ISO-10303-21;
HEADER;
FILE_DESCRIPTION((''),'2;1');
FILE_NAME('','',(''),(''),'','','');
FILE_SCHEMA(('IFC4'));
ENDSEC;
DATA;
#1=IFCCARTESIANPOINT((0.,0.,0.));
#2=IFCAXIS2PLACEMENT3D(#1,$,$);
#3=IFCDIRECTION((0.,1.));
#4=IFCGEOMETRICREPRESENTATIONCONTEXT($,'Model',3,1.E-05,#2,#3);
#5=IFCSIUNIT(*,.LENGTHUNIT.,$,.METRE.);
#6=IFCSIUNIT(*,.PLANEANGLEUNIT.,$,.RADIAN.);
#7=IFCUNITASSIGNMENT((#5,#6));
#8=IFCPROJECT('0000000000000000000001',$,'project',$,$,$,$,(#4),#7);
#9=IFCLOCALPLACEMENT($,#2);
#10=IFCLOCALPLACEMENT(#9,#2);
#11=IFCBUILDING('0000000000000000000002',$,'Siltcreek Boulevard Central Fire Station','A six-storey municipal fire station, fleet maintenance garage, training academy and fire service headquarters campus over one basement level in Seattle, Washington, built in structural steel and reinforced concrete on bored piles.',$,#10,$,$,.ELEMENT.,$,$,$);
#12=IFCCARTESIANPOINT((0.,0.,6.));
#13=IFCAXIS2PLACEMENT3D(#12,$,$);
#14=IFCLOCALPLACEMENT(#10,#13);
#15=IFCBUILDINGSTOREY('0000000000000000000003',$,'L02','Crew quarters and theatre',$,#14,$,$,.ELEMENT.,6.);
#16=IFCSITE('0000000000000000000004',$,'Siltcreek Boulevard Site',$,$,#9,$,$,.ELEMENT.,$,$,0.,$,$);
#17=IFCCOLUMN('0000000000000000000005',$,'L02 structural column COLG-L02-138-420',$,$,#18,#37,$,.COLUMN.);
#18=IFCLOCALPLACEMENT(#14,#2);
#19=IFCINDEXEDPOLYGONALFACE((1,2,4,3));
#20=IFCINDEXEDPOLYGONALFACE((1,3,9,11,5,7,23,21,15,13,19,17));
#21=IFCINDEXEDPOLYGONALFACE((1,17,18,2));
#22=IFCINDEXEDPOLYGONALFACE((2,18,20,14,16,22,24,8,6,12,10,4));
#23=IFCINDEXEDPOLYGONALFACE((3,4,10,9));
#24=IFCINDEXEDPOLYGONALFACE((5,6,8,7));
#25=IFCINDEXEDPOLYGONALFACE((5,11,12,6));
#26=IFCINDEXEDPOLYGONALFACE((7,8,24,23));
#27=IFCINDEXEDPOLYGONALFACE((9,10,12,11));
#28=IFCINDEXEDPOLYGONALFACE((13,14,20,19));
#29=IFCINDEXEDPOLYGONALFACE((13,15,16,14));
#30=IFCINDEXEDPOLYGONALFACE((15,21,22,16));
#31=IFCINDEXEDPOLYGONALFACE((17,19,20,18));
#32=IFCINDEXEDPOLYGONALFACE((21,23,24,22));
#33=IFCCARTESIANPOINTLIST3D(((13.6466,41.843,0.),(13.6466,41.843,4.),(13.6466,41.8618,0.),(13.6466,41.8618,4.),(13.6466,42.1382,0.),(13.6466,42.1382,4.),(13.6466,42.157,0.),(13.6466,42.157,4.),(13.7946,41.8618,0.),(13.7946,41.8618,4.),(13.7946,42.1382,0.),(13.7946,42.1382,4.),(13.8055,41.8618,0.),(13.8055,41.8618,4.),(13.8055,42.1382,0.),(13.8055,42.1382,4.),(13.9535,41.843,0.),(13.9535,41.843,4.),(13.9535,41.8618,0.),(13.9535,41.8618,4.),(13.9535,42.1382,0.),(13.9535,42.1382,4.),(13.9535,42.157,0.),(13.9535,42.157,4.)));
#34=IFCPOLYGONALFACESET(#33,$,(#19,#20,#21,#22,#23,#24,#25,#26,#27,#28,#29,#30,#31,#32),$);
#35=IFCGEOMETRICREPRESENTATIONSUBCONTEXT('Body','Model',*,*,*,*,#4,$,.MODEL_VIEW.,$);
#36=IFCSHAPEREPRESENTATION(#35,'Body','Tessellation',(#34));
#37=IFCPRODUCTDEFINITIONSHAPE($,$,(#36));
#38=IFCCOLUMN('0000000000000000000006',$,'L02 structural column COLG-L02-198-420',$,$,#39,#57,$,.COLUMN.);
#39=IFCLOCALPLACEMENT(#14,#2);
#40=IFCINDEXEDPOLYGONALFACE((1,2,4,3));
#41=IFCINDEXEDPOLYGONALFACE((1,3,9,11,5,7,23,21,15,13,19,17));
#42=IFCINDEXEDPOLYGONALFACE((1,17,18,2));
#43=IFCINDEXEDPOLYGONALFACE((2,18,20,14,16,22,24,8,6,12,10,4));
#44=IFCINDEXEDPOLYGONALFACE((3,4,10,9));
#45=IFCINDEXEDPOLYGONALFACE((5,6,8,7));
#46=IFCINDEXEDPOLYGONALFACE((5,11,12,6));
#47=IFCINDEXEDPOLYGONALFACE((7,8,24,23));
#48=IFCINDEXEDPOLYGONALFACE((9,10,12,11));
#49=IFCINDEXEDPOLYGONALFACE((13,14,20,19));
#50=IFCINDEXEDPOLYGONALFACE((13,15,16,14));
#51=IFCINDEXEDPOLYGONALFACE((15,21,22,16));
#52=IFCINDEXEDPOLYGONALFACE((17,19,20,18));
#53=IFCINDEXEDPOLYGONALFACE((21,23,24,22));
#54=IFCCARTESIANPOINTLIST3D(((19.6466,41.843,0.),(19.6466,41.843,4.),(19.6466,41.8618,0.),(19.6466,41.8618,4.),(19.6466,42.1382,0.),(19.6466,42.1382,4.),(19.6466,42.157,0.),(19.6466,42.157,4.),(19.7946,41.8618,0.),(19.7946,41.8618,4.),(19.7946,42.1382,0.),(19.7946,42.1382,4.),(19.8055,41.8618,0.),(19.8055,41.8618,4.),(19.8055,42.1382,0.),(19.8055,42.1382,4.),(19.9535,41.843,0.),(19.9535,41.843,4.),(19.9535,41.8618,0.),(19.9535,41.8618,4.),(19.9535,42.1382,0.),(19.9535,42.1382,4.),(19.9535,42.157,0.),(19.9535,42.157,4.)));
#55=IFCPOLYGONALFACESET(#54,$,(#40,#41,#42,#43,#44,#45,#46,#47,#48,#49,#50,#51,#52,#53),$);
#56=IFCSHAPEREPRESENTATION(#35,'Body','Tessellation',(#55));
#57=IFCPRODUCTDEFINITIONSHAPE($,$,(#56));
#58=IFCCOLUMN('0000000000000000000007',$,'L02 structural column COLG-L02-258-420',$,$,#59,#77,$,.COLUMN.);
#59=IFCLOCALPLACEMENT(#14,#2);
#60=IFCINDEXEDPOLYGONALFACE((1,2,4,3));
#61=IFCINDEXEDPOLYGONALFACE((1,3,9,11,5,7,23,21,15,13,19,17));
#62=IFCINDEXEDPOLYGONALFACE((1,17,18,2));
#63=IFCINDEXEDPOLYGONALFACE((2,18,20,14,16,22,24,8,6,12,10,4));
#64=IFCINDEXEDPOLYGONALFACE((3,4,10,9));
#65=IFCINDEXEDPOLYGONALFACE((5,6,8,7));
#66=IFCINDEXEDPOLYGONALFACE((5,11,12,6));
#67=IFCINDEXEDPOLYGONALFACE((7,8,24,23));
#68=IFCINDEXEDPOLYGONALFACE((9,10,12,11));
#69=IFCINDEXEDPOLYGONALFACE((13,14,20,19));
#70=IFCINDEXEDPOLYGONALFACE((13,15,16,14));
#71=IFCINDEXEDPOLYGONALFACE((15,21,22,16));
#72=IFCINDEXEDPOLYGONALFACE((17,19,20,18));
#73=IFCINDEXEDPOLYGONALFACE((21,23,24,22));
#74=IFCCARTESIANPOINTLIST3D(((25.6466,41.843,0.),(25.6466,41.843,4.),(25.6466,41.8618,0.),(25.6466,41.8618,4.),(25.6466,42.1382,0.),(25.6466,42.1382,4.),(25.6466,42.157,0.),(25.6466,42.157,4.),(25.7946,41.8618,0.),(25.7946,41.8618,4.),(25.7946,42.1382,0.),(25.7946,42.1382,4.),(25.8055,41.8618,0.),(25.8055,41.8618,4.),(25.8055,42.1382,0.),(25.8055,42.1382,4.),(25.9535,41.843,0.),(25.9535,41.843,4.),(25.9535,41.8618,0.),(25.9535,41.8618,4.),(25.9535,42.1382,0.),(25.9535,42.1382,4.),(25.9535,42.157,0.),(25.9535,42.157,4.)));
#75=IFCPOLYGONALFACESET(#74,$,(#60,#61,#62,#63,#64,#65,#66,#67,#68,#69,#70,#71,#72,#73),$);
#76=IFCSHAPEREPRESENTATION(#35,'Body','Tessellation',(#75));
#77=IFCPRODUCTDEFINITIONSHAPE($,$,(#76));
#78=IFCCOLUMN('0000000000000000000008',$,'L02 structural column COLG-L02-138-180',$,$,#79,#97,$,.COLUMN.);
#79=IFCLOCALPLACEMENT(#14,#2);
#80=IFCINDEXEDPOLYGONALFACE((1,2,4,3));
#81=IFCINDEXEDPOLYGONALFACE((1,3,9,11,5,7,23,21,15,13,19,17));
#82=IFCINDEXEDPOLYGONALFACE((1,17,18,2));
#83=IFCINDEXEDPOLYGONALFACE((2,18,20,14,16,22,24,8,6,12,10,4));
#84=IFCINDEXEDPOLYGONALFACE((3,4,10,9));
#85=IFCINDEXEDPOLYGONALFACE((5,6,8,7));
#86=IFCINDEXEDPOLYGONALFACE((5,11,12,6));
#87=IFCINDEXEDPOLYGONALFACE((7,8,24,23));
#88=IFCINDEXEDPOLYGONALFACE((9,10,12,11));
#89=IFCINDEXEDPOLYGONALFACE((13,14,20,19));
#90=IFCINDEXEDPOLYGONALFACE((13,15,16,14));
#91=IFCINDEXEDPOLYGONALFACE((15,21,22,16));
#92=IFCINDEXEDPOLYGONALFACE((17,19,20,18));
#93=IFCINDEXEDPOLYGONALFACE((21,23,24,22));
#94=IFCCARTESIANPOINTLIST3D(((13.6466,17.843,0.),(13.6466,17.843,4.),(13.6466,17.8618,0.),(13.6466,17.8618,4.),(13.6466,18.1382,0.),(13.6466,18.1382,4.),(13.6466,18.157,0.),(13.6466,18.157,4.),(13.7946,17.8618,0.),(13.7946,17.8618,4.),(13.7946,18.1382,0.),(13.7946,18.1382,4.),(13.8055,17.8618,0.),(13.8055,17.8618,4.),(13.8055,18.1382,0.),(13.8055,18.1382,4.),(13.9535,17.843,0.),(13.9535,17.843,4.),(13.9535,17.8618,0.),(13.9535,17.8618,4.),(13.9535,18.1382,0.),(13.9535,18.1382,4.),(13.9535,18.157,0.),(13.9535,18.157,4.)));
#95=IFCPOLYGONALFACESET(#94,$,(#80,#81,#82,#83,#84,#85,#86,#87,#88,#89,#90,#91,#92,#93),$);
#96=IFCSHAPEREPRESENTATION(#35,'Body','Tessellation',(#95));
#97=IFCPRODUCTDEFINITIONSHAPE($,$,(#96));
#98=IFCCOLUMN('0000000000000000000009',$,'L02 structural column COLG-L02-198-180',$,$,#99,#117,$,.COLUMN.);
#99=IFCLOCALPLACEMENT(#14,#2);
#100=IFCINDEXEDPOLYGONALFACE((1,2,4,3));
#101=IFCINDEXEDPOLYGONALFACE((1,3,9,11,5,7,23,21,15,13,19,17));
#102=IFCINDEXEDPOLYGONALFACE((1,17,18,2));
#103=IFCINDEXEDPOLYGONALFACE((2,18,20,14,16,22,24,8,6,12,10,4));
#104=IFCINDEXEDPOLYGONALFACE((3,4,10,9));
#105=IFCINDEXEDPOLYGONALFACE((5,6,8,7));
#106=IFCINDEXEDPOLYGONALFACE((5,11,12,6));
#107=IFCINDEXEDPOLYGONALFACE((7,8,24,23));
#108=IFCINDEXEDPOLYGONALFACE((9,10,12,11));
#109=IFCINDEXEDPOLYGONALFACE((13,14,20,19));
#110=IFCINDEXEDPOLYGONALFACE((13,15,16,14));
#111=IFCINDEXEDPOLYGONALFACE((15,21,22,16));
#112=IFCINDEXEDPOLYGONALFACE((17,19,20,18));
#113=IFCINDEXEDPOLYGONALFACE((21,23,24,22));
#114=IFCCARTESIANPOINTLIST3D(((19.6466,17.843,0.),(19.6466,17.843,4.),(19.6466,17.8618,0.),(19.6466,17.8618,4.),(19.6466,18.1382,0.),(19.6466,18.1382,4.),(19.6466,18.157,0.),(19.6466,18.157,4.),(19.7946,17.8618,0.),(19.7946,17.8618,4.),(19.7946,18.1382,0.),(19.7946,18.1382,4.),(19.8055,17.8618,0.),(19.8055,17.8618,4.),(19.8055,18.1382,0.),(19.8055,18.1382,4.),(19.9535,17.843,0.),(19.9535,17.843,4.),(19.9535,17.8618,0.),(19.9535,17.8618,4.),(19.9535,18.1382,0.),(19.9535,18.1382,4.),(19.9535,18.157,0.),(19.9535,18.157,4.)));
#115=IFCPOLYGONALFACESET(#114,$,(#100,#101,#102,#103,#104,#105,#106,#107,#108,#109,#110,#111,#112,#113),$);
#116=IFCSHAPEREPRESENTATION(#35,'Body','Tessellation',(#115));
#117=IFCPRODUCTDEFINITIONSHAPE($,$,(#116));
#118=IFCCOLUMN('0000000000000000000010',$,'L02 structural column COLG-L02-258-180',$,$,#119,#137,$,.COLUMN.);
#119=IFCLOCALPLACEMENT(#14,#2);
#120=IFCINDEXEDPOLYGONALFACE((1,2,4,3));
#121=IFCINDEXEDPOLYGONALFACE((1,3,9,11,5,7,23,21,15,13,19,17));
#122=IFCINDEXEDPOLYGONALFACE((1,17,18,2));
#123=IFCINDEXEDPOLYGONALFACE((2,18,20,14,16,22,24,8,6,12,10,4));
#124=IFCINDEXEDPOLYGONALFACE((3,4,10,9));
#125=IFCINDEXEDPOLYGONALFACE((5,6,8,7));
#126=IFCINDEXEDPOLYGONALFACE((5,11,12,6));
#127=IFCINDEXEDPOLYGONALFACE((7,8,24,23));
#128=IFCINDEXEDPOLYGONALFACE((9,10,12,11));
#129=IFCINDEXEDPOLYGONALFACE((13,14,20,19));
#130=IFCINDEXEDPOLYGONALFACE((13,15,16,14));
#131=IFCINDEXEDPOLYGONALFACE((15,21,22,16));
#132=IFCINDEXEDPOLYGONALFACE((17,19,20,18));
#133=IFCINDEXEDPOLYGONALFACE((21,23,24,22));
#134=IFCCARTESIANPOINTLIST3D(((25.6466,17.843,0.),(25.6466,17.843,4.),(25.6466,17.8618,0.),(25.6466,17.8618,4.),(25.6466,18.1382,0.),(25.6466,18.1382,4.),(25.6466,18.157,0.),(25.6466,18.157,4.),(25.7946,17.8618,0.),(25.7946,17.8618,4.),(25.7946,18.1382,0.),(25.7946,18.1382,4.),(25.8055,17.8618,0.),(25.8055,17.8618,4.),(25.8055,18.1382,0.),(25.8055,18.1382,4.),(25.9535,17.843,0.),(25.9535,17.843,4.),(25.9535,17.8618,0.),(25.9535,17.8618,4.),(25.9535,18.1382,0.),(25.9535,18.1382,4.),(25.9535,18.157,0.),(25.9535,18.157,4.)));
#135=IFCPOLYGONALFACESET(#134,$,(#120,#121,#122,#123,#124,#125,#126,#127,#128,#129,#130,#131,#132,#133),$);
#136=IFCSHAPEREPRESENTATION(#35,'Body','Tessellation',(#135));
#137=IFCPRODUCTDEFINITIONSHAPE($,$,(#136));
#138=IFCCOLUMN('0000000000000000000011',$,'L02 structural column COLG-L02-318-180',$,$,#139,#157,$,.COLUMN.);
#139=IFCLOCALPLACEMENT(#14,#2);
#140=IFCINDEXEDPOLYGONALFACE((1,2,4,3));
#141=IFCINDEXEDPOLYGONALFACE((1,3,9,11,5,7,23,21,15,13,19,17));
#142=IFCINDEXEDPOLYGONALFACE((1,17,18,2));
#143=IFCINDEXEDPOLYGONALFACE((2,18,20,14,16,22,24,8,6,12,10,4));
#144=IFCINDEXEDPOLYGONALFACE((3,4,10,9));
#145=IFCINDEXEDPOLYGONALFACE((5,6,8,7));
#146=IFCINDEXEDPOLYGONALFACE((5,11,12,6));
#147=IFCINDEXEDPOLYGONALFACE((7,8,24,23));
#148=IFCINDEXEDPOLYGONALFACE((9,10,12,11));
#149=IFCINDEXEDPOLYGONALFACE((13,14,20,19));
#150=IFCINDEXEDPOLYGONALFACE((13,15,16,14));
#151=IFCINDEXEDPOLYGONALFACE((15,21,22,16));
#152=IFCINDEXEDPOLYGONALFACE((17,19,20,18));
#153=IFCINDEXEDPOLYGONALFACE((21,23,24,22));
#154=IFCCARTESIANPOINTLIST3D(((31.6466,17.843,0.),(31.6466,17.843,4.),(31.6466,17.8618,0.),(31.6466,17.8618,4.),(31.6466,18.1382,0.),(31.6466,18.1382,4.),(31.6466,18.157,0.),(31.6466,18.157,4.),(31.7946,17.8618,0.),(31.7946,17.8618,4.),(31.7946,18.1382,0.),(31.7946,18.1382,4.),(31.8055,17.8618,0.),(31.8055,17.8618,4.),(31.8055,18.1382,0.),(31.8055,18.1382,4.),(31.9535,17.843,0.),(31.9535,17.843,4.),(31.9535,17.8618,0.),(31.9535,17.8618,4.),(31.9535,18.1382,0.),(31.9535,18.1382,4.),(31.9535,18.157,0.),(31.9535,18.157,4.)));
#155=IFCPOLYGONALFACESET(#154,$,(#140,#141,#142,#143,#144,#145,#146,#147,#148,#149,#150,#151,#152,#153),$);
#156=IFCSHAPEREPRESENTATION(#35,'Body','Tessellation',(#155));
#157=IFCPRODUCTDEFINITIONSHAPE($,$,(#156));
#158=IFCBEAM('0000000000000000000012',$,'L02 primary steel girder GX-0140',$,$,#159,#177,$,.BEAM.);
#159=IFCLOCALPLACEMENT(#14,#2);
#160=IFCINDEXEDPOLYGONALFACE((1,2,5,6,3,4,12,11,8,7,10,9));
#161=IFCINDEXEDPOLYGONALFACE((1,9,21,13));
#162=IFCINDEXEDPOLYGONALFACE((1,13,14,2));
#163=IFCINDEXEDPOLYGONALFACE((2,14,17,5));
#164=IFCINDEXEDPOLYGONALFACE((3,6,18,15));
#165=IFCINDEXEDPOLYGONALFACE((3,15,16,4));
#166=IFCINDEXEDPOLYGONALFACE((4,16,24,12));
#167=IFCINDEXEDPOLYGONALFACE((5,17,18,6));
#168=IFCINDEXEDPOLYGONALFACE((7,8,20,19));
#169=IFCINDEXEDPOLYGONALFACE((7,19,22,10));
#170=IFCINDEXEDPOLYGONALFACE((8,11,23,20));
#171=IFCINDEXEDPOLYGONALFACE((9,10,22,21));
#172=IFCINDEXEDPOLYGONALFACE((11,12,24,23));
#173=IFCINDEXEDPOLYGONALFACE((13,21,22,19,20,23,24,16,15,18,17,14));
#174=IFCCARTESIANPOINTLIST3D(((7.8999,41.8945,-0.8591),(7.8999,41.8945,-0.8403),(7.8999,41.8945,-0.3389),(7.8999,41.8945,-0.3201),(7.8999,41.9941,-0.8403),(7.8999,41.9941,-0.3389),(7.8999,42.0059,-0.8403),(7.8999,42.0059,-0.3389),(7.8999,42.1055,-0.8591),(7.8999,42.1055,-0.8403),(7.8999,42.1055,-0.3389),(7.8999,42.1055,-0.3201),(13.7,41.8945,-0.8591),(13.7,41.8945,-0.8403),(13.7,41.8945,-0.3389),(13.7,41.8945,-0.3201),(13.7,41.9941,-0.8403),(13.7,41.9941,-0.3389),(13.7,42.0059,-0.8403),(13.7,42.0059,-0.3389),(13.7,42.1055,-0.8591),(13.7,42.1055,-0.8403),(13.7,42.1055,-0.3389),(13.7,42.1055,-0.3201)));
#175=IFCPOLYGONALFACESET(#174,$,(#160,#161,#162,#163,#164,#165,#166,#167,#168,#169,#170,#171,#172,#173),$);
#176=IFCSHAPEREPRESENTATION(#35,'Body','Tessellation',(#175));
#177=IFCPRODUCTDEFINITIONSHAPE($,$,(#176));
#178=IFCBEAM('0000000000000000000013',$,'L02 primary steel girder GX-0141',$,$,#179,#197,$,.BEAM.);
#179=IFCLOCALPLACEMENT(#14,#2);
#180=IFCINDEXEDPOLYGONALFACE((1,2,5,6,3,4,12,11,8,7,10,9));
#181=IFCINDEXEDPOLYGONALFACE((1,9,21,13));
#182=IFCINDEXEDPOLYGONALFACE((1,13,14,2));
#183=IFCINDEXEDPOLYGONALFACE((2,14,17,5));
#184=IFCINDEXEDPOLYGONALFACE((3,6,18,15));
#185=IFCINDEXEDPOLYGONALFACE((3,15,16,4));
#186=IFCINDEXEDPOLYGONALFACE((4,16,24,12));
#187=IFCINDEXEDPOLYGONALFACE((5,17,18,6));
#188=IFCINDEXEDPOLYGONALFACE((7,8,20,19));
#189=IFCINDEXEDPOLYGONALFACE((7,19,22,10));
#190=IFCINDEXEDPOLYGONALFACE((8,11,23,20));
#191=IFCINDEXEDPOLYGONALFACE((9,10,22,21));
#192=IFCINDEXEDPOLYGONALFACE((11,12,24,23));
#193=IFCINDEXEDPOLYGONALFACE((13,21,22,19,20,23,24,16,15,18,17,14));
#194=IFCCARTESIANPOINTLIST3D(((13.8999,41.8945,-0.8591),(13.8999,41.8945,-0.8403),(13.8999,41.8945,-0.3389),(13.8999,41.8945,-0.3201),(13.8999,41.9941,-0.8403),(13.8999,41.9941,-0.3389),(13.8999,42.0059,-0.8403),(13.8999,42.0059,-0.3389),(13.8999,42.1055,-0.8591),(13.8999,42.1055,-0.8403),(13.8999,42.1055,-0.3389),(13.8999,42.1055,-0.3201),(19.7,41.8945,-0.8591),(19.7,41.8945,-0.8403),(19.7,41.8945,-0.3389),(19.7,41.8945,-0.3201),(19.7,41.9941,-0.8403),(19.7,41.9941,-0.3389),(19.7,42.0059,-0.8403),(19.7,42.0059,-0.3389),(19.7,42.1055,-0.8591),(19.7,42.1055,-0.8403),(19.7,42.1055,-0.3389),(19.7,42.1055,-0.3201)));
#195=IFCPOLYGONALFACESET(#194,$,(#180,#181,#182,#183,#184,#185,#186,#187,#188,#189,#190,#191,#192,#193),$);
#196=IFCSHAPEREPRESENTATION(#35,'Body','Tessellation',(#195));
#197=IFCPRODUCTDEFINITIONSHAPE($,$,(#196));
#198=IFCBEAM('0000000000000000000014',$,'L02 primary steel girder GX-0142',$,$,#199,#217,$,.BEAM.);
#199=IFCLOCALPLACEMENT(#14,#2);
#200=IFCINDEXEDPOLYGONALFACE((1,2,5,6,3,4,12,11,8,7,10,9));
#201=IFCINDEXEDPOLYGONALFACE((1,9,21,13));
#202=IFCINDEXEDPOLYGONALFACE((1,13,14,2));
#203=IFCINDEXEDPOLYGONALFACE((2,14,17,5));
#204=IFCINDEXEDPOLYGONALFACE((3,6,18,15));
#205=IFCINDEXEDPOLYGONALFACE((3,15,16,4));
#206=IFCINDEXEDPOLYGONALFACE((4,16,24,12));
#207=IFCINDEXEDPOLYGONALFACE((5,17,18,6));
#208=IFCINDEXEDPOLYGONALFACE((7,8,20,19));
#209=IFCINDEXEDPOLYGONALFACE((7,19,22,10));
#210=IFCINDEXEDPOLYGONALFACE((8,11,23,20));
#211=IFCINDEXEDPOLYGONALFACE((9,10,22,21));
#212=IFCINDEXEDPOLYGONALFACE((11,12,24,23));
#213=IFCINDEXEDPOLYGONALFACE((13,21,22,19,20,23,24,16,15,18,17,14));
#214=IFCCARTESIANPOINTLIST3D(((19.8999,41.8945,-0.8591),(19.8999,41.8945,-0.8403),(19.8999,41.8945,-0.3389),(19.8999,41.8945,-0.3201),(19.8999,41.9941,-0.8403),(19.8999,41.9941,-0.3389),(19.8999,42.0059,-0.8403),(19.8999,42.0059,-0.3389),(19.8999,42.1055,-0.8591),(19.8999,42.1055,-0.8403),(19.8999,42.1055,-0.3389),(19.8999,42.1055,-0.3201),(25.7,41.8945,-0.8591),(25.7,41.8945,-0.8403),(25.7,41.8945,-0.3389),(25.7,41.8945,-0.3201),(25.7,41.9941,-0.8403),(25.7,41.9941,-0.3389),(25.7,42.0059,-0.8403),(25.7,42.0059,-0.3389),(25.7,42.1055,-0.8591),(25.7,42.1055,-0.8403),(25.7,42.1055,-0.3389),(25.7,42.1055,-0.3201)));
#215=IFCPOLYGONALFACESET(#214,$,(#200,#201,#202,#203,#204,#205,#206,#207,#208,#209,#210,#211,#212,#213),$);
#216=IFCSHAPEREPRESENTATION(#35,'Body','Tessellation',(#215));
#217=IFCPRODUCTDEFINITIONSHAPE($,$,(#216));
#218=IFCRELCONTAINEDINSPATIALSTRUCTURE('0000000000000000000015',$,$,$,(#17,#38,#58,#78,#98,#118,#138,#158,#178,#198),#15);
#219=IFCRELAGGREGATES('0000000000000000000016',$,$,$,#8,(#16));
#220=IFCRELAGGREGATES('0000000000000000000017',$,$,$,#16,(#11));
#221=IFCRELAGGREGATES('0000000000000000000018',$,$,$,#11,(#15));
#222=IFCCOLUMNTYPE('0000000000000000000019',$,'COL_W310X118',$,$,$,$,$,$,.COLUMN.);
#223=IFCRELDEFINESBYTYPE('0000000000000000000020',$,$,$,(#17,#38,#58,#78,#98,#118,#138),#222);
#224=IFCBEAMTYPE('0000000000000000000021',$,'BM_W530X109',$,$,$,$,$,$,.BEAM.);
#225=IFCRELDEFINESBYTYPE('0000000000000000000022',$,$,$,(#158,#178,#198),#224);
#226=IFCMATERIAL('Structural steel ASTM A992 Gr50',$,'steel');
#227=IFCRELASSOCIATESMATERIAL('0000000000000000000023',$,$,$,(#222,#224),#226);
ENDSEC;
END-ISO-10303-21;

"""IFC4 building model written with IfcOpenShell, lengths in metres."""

from ifc_helpers import new_model, si_unit, direction, frame, origin, origin_2d, place, context, subcontext, project, spatial, i_section, extrude, material, material_profile, profile_set, type_object, element, save


model = new_model("IFC4")

# Units and contexts
model_context = context("Model", 3, precision=1e-05, world=origin(), true_north=direction((0.0, 1.0)))
body_context = subcontext(model_context, "Body", "Model", "MODEL_VIEW")
ifc_project = project(units=[si_unit("LENGTHUNIT", "METRE"), si_unit("PLANEANGLEUNIT", "RADIAN")], contexts=[model_context])

# Site, building, storey
site_placement = place(None, origin())
site = spatial("IfcSite", under=ifc_project, at=site_placement, Name="Siltcreek Boulevard Site", CompositionType="ELEMENT", RefElevation=0.0)
building_placement = place(site_placement, origin())
building = spatial("IfcBuilding", under=site, at=building_placement, Name="Siltcreek Boulevard Central Fire Station", Description="A six-storey municipal fire station, fleet maintenance garage, training academy and fire service headquarters campus over one basement level in Seattle, Washington, built in structural steel and reinforced concrete on bored piles.", CompositionType="ELEMENT")
storey_placement = place(building_placement, frame((0.0, 0.0, 6.0)))
storey = spatial("IfcBuildingStorey", under=building, at=storey_placement, Name="L02", Description="Crew quarters and theatre", CompositionType="ELEMENT", Elevation=6.0)

# Columns
ifc_material_1 = material(Name="Structural steel ASTM A992 Gr50", Category="steel")
ifc_material_profile_1 = material_profile(ifc_material_1, i_section(OverallWidth=0.3069, OverallDepth=0.314, WebThickness=0.011, FlangeThickness=0.0188, at=origin_2d()), Name="W310X118")
ifc_profile_set_1 = profile_set([ifc_material_profile_1], Name="Structural steel ASTM A992 Gr50")
column_type = type_object("IfcColumnType", Name="COL_W310X118", PredefinedType="COLUMN", material=ifc_profile_set_1)
for number, where, z_axis, x_axis, name in (
    (1, (13.8, 42.0, 0.0), (0.0, 0.0, 1.0), (1.0, 0.0, 0.0), "L02 structural column COLG-L02-138-420"),
    (2, (19.8, 42.0, 0.0), (0.0, 0.0, 1.0), (1.0, 0.0, 0.0), "L02 structural column COLG-L02-198-420"),
    (3, (25.8, 42.0, 0.0), (0.0, 0.0, 1.0), (1.0, 0.0, 0.0), "L02 structural column COLG-L02-258-420"),
    (4, (13.8, 18.0, 0.0), (0.0, 0.0, 1.0), (1.0, 0.0, 0.0), "L02 structural column COLG-L02-138-180"),
    (5, (19.8, 18.0, 0.0), (0.0, 0.0, 1.0), (1.0, 0.0, 0.0), "L02 structural column COLG-L02-198-180"),
    (6, (25.8, 18.0, 0.0), (0.0, 0.0, 1.0), (1.0, 0.0, 0.0), "L02 structural column COLG-L02-258-180"),
    (7, (31.8, 18.0, 0.0), (0.0, 0.0, 1.0), (1.0, 0.0, 0.0), "L02 structural column COLG-L02-318-180"),
):
    element("IfcColumn", number, at=place(storey_placement, frame(where, z_axis=z_axis, x_axis=x_axis)), inside=storey, type_object=column_type, Name=name, PredefinedType="COLUMN", context=body_context, shape_type="SweptSolid", body=[
        extrude(i_section(OverallWidth=0.3069, OverallDepth=0.314, WebThickness=0.011, FlangeThickness=0.0188, at=origin_2d()), origin(), (0.0, 0.0, 1.0), 4.0),
    ])

# Beams
ifc_material_profile_2 = material_profile(ifc_material_1, i_section(OverallWidth=0.2109, OverallDepth=0.5391, WebThickness=0.0117, FlangeThickness=0.0188, at=origin_2d()), Name="W530X109")
ifc_profile_set_2 = profile_set([ifc_material_profile_2], Name="Structural steel ASTM A992 Gr50")
beam_type_1 = type_object("IfcBeamType", Name="BM_W530X109", PredefinedType="BEAM", material=ifc_profile_set_2)
for number, where, z_axis, x_axis, name in (
    (8, (7.8999, 42.0, -0.5896), (1.0, 0.0, 0.0), (0.0, 1.0, 0.0), "L02 primary steel girder GX-0140"),
    (9, (13.8999, 42.0, -0.5896), (1.0, 0.0, 0.0), (0.0, 1.0, 0.0), "L02 primary steel girder GX-0141"),
    (10, (19.8999, 42.0, -0.5896), (1.0, 0.0, 0.0), (0.0, 1.0, 0.0), "L02 primary steel girder GX-0142"),
):
    element("IfcBeam", number, at=place(storey_placement, frame(where, z_axis=z_axis, x_axis=x_axis)), inside=storey, type_object=beam_type_1, Name=name, PredefinedType="BEAM", context=body_context, shape_type="SweptSolid", body=[
        extrude(i_section(OverallWidth=0.2109, OverallDepth=0.5391, WebThickness=0.0117, FlangeThickness=0.0188, at=origin_2d()), origin(), (0.0, 0.0, 1.0), 5.8),
    ])

save(model, "model.ifc")
